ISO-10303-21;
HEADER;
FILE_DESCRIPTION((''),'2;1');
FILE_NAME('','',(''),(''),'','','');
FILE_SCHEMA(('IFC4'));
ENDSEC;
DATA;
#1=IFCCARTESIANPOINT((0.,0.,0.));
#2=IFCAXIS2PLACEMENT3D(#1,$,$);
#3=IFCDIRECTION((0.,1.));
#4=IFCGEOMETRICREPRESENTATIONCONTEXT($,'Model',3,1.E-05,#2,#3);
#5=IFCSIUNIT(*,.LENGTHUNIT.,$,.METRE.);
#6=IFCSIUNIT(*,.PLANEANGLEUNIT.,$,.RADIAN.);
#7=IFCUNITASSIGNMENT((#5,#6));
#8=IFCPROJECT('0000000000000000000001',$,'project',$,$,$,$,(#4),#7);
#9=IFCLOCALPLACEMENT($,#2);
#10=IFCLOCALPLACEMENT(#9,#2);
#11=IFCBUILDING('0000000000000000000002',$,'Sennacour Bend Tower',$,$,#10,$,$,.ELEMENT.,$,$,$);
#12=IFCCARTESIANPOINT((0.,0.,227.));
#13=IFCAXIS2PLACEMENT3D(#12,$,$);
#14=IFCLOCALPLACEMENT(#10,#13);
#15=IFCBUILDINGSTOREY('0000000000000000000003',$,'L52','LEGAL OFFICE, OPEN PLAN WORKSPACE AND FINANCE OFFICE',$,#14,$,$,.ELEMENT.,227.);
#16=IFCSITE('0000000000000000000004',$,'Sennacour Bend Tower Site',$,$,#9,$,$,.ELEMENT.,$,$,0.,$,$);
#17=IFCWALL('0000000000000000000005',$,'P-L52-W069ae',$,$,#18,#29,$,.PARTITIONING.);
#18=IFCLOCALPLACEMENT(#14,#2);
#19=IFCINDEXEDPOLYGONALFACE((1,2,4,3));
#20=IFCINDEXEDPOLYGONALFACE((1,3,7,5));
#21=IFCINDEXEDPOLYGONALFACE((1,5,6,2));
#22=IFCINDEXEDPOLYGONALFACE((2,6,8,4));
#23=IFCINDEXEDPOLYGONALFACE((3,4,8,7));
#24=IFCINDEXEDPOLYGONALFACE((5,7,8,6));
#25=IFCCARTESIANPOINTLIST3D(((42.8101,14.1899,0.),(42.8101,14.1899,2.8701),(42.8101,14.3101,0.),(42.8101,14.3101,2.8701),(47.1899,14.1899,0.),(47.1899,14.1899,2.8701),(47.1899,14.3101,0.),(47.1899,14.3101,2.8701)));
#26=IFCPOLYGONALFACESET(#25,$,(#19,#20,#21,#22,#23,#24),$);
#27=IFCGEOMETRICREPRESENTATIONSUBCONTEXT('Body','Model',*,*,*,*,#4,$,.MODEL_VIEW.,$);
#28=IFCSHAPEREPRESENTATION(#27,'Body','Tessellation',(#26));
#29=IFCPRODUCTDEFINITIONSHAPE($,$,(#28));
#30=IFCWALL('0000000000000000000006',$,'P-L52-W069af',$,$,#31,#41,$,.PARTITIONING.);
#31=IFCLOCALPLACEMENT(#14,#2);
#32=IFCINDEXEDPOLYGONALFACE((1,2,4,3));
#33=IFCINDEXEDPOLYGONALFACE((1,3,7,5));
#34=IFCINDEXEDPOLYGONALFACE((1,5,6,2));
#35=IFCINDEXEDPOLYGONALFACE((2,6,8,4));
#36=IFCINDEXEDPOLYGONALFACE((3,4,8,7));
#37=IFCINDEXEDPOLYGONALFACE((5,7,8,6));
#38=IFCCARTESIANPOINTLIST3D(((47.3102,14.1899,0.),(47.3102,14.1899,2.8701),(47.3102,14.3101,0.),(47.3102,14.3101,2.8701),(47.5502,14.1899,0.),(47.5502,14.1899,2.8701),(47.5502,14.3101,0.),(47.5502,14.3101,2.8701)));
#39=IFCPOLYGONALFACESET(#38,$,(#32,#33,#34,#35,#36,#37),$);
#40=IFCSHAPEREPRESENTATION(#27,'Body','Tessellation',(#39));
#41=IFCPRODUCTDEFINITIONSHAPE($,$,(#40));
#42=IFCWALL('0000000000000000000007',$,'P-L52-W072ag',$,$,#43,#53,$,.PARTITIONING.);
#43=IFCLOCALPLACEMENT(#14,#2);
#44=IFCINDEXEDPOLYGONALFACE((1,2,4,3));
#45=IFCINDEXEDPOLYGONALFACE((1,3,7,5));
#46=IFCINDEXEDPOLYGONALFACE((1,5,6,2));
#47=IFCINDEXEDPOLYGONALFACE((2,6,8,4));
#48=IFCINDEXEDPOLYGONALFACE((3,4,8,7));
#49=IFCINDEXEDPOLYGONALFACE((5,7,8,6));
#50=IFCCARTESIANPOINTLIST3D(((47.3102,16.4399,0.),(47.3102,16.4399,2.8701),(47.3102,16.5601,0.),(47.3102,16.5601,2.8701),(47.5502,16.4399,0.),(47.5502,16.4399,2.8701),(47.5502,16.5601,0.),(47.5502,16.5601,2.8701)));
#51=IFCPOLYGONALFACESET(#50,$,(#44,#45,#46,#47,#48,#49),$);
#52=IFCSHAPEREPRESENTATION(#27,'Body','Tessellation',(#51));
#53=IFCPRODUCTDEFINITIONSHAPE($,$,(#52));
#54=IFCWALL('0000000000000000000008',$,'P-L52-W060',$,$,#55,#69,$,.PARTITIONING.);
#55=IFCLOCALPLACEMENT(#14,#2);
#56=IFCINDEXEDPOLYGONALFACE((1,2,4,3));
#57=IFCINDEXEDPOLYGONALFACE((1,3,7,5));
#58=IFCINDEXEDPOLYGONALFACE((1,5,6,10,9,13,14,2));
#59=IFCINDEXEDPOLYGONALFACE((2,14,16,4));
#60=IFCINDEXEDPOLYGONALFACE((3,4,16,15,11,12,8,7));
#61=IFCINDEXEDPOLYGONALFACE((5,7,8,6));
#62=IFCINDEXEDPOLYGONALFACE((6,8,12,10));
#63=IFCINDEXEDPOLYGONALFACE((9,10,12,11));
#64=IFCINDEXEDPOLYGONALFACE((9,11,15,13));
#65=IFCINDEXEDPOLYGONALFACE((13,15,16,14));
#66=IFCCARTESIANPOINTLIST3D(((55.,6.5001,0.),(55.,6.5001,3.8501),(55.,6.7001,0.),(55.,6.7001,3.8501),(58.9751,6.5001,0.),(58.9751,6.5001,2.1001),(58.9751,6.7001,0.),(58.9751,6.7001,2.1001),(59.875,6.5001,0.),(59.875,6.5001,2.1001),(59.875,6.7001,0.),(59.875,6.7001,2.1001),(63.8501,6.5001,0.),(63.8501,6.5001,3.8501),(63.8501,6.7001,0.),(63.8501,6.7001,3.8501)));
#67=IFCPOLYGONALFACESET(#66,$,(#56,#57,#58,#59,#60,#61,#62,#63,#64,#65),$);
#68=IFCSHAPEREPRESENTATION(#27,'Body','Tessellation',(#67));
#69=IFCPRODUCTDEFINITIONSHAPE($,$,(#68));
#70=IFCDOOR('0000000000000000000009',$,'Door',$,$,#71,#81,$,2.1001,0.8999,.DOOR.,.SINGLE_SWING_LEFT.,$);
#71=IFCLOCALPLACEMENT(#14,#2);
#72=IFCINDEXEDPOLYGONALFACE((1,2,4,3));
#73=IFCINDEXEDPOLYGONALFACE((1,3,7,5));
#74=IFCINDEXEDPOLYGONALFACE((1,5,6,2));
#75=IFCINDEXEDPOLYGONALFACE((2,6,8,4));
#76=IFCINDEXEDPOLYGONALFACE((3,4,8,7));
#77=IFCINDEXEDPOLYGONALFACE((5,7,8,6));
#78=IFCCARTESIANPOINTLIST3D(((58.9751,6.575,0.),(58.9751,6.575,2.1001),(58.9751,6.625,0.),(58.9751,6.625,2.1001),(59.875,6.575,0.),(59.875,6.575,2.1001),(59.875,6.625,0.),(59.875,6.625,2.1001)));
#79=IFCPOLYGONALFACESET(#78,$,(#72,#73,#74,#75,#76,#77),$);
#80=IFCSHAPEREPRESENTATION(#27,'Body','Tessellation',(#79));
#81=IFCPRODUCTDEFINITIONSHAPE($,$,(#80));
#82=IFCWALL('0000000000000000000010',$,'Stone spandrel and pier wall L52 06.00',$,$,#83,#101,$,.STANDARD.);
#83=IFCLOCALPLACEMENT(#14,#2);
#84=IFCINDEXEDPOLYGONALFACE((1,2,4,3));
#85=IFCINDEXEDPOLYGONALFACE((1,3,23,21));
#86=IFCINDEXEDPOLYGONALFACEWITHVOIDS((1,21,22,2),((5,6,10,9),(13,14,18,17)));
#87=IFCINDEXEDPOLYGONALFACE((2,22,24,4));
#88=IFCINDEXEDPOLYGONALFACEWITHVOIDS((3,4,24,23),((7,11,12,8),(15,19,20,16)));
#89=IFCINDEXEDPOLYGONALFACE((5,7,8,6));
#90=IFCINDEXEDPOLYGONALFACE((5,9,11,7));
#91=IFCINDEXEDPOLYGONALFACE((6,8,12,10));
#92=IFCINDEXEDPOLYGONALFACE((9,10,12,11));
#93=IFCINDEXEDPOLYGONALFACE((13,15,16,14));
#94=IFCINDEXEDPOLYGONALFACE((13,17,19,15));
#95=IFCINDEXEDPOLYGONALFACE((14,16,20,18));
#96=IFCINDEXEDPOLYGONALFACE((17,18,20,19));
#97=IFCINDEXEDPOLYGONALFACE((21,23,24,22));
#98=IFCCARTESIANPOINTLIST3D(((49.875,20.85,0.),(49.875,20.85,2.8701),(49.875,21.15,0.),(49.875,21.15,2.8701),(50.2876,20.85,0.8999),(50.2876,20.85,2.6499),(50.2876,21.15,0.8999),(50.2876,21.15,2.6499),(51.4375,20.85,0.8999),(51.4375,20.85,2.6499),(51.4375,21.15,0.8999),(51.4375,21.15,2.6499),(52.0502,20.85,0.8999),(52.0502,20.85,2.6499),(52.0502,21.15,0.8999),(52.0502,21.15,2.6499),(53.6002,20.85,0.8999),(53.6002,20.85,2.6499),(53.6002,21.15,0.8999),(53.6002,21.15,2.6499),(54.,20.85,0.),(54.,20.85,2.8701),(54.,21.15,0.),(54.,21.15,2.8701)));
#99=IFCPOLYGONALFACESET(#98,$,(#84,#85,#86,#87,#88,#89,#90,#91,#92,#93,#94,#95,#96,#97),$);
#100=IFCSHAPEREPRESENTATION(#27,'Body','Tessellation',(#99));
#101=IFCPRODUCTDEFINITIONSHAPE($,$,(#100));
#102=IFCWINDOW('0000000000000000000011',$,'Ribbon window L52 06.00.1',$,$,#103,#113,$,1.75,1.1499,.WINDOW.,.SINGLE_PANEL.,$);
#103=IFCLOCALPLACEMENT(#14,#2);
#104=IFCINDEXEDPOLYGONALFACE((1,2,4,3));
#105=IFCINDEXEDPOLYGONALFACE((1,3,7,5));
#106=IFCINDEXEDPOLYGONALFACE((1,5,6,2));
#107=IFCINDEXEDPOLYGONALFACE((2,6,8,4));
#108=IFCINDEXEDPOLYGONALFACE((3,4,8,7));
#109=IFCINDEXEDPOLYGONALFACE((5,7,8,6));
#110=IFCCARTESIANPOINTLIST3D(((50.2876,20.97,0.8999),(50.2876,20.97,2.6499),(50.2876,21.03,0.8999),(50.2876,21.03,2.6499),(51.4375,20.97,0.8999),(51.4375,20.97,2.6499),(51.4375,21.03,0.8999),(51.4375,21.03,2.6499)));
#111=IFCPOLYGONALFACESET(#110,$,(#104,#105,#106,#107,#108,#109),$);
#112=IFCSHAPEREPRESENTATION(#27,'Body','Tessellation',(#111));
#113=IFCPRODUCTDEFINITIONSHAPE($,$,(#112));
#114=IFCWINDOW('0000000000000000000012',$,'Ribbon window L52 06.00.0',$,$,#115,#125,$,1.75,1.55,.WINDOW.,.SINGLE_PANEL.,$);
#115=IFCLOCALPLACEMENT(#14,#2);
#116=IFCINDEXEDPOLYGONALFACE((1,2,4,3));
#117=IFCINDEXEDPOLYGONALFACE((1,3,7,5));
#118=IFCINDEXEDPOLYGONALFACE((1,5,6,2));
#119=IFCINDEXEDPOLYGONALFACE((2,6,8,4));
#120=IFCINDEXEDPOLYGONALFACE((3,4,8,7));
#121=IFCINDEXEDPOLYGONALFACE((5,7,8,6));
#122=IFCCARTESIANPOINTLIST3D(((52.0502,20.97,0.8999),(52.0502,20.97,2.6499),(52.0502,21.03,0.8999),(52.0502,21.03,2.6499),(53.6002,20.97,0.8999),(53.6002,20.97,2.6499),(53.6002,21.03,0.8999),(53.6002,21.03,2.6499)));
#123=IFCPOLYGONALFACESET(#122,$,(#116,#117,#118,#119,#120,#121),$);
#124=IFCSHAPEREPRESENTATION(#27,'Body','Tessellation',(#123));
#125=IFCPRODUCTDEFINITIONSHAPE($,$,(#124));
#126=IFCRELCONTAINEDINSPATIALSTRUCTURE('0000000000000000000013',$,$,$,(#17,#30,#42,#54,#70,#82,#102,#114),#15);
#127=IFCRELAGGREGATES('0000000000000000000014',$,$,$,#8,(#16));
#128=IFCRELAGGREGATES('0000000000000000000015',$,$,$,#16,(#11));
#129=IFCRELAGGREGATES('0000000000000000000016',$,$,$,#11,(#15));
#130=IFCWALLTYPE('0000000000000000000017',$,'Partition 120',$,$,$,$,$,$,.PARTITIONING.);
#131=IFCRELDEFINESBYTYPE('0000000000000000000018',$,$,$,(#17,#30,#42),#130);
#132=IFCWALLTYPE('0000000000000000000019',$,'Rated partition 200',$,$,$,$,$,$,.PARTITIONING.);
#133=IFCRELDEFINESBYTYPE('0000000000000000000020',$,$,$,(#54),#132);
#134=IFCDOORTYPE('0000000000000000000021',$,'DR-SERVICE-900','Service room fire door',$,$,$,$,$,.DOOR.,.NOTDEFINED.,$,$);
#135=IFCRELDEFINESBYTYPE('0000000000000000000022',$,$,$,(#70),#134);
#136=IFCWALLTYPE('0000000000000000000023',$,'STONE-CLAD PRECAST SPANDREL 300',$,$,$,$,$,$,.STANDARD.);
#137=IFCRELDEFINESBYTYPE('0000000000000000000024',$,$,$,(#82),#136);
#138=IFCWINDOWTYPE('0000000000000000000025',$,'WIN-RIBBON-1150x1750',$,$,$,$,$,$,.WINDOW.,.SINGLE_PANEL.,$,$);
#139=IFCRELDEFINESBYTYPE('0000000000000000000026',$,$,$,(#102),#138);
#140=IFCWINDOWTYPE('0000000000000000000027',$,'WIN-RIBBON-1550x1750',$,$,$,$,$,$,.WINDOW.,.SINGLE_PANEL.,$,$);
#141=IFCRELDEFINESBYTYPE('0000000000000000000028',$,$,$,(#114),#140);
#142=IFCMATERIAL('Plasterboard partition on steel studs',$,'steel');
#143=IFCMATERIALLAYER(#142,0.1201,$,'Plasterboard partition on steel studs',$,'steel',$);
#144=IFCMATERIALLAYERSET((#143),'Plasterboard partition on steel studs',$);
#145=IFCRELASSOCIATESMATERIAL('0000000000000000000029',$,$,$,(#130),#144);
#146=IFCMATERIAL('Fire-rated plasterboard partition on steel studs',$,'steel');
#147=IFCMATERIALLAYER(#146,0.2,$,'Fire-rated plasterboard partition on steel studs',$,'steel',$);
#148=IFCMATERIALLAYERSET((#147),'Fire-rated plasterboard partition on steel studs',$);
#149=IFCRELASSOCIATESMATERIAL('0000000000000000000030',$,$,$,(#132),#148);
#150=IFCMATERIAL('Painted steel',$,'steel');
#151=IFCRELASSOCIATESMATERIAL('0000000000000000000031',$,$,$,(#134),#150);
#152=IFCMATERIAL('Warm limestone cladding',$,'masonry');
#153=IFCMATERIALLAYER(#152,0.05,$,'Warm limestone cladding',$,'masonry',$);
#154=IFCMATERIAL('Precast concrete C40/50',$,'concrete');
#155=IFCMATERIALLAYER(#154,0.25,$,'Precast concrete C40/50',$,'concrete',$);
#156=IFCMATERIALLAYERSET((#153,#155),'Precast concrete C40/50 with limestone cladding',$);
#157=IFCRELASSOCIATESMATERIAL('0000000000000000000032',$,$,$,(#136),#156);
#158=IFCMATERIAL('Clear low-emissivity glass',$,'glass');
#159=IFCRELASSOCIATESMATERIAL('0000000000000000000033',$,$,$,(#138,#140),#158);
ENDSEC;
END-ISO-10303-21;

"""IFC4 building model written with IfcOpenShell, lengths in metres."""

from ifc_helpers import new_model, si_unit, direction, frame, frame_2d, origin, place, context, subcontext, project, spatial, rectangle, extrude, material, layer, layer_set, type_object, element, fill, save


model = new_model("IFC4")

# Units and contexts
model_context = context("Model", 3, precision=1e-05, world=origin(), true_north=direction((0.0, 1.0)))
body_context = subcontext(model_context, "Body", "Model", "MODEL_VIEW")
ifc_project = project(units=[si_unit("LENGTHUNIT", "METRE"), si_unit("PLANEANGLEUNIT", "RADIAN")], contexts=[model_context])

# Site, building, storey
site_placement = place(None, origin())
site = spatial("IfcSite", under=ifc_project, at=site_placement, Name="Sennacour Bend Tower Site", CompositionType="ELEMENT", RefElevation=0.0)
building_placement = place(site_placement, origin())
building = spatial("IfcBuilding", under=site, at=building_placement, Name="Sennacour Bend Tower", CompositionType="ELEMENT")
storey_placement = place(building_placement, frame((0.0, 0.0, 227.0)))
storey = spatial("IfcBuildingStorey", under=building, at=storey_placement, Name="L52", Description="LEGAL OFFICE, OPEN PLAN WORKSPACE AND FINANCE OFFICE", CompositionType="ELEMENT", Elevation=227.0)

# Walls
ifc_material_1 = material(Name="Plasterboard partition on steel studs", Category="steel")
ifc_layer_1 = layer(ifc_material_1, 0.1201, Name="Plasterboard partition on steel studs", Category="steel")
ifc_layer_set_1 = layer_set([ifc_layer_1], Name="Plasterboard partition on steel studs")
wall_type_1 = type_object("IfcWallType", Name="Partition 120", PredefinedType="PARTITIONING", material=ifc_layer_set_1)
wall_1_placement = place(storey_placement, frame((42.8101, 14.25, 0.0), z_axis=(0.0, 0.0, 1.0), x_axis=(1.0, 0.0, 0.0)))
element("IfcWall", 1, at=wall_1_placement, inside=storey, type_object=wall_type_1, Name="P-L52-W069ae", PredefinedType="PARTITIONING", context=body_context, shape_type="SweptSolid", body=[
    extrude(rectangle(XDim=4.3799, YDim=0.1201, at=frame_2d((2.1899, 0.0))), origin(), (0.0, 0.0, 1.0), 2.8701),
])
for number, where, z_axis, x_axis, name in (
    (2, (47.3101, 14.25, 0.0), (0.0, 0.0, 1.0), (1.0, 0.0, 0.0), "P-L52-W069af"),
    (3, (47.3101, 16.5, 0.0), (0.0, 0.0, 1.0), (1.0, 0.0, 0.0), "P-L52-W072ag"),
):
    element("IfcWall", number, at=place(storey_placement, frame(where, z_axis=z_axis, x_axis=x_axis)), inside=storey, type_object=wall_type_1, Name=name, PredefinedType="PARTITIONING", context=body_context, shape_type="SweptSolid", body=[
        extrude(rectangle(XDim=0.24, YDim=0.1201, at=frame_2d((0.1201, 0.0))), origin(), (0.0, 0.0, 1.0), 2.8701),
    ])

# Wall, opening, door
ifc_material_2 = material(Name="Fire-rated plasterboard partition on steel studs", Category="steel")
ifc_layer_2 = layer(ifc_material_2, 0.2, Name="Fire-rated plasterboard partition on steel studs", Category="steel")
ifc_layer_set_2 = layer_set([ifc_layer_2], Name="Fire-rated plasterboard partition on steel studs")
wall_type_2 = type_object("IfcWallType", Name="Rated partition 200", PredefinedType="PARTITIONING", material=ifc_layer_set_2)
wall_2_placement = place(storey_placement, frame((55.0, 6.6001, 0.0), z_axis=(0.0, 0.0, 1.0), x_axis=(1.0, 0.0, 0.0)))
wall_2 = element("IfcWall", 4, at=wall_2_placement, inside=storey, type_object=wall_type_2, Name="P-L52-W060", PredefinedType="PARTITIONING", context=body_context, shape_type="SweptSolid", body=[
    extrude(rectangle(XDim=8.8501, YDim=0.2, at=frame_2d((4.425, 0.0))), origin(), (0.0, 0.0, 1.0), 3.8501),
])
opening_1_placement = place(wall_2_placement, frame((3.9751, 0.0, 0.0)))
opening_1 = element("IfcOpeningElement", 5, at=opening_1_placement, cuts=wall_2, PredefinedType="OPENING", context=body_context, shape_type="SweptSolid", body=[
    extrude(rectangle(XDim=0.8999, YDim=2.1001, at=frame_2d((0.45, 1.05))), frame((0.0, 0.1099, 0.0), z_axis=(0.0, -1.0, 0.0), x_axis=(1.0, 0.0, 0.0)), (0.0, 0.0, 1.0), 0.22),
])
ifc_material_3 = material(Name="Painted steel", Category="steel")
door_type_1 = type_object("IfcDoorType", Name="DR-SERVICE-900", Description="Service room fire door", OperationType="NOTDEFINED", PredefinedType="DOOR", material=ifc_material_3)
door_1_placement = place(opening_1_placement, origin())
door_1 = element("IfcDoor", 6, at=door_1_placement, inside=storey, type_object=door_type_1, Name="Door", OperationType="SINGLE_SWING_LEFT", OverallHeight=2.1001, OverallWidth=0.8999, PredefinedType="DOOR", context=body_context, shape_type="SweptSolid", body=[
    extrude(rectangle(XDim=0.8999, YDim=2.1001, at=frame_2d((0.45, 1.05))), frame((0.0, 0.0249, 0.0), z_axis=(0.0, -1.0, 0.0), x_axis=(1.0, 0.0, 0.0)), (0.0, 0.0, 1.0), 0.05),
])
fill(opening_1, door_1)

# Wall, openings, windows
ifc_material_4 = material(Name="Warm limestone cladding", Category="masonry")
ifc_layer_3 = layer(ifc_material_4, 0.05, Name="Warm limestone cladding", Category="masonry")
ifc_material_5 = material(Name="Precast concrete C40/50", Category="concrete")
ifc_layer_4 = layer(ifc_material_5, 0.25, Name="Precast concrete C40/50", Category="concrete")
ifc_layer_set_3 = layer_set([ifc_layer_3, ifc_layer_4], Name="Precast concrete C40/50 with limestone cladding")
wall_type_3 = type_object("IfcWallType", Name="STONE-CLAD PRECAST SPANDREL 300", PredefinedType="STANDARD", material=ifc_layer_set_3)
wall_3_placement = place(storey_placement, frame((54.0, 21.0, 0.0), z_axis=(0.0, 0.0, 1.0), x_axis=(-1.0, 0.0, 0.0)))
wall_3 = element("IfcWall", 7, at=wall_3_placement, inside=storey, type_object=wall_type_3, Name="Stone spandrel and pier wall L52 06.00", PredefinedType="STANDARD", context=body_context, shape_type="SweptSolid", body=[
    extrude(rectangle(XDim=4.125, YDim=0.3, at=frame_2d((2.0625, 0.0))), origin(), (0.0, 0.0, 1.0), 2.8701),
])
opening_2_placement = place(wall_3_placement, frame((0.3999, 0.0, 0.8999)))
opening_2 = element("IfcOpeningElement", 8, at=opening_2_placement, cuts=wall_3, PredefinedType="OPENING", context=body_context, shape_type="SweptSolid", body=[
    extrude(rectangle(XDim=1.55, YDim=1.75, at=frame_2d((0.7749, 0.875))), frame((0.0, 0.1602, 0.0), z_axis=(0.0, -1.0, 0.0), x_axis=(1.0, 0.0, 0.0)), (0.0, 0.0, 1.0), 0.3201),
])
opening_3_placement = place(wall_3_placement, frame((2.5625, 0.0, 0.8999)))
opening_3 = element("IfcOpeningElement", 9, at=opening_3_placement, cuts=wall_3, PredefinedType="OPENING", context=body_context, shape_type="SweptSolid", body=[
    extrude(rectangle(XDim=1.1499, YDim=1.75, at=frame_2d((0.575, 0.875))), frame((0.0, 0.1602, 0.0), z_axis=(0.0, -1.0, 0.0), x_axis=(1.0, 0.0, 0.0)), (0.0, 0.0, 1.0), 0.3201),
])
ifc_material_6 = material(Name="Clear low-emissivity glass", Category="glass")
window_type_1 = type_object("IfcWindowType", Name="WIN-RIBBON-1150x1750", PartitioningType="SINGLE_PANEL", PredefinedType="WINDOW", material=ifc_material_6)
window_1_placement = place(opening_3_placement, origin())
window_1 = element("IfcWindow", 10, at=window_1_placement, inside=storey, type_object=window_type_1, Name="Ribbon window L52 06.00.1", OverallHeight=1.75, OverallWidth=1.1499, PartitioningType="SINGLE_PANEL", PredefinedType="WINDOW", context=body_context, shape_type="SweptSolid", body=[
    extrude(rectangle(XDim=1.1499, YDim=1.75, at=frame_2d((0.575, 0.875))), frame((0.0, 0.03, 0.0), z_axis=(0.0, -1.0, 0.0), x_axis=(1.0, 0.0, 0.0)), (0.0, 0.0, 1.0), 0.0601),
])
fill(opening_3, window_1)
window_type_2 = type_object("IfcWindowType", Name="WIN-RIBBON-1550x1750", PartitioningType="SINGLE_PANEL", PredefinedType="WINDOW", material=ifc_material_6)
window_2_placement = place(opening_2_placement, origin())
window_2 = element("IfcWindow", 11, at=window_2_placement, inside=storey, type_object=window_type_2, Name="Ribbon window L52 06.00.0", OverallHeight=1.75, OverallWidth=1.55, PartitioningType="SINGLE_PANEL", PredefinedType="WINDOW", context=body_context, shape_type="SweptSolid", body=[
    extrude(rectangle(XDim=1.55, YDim=1.75, at=frame_2d((0.7749, 0.875))), frame((0.0, 0.03, 0.0), z_axis=(0.0, -1.0, 0.0), x_axis=(1.0, 0.0, 0.0)), (0.0, 0.0, 1.0), 0.0601),
])
fill(opening_2, window_2)

save(model, "model.ifc")
